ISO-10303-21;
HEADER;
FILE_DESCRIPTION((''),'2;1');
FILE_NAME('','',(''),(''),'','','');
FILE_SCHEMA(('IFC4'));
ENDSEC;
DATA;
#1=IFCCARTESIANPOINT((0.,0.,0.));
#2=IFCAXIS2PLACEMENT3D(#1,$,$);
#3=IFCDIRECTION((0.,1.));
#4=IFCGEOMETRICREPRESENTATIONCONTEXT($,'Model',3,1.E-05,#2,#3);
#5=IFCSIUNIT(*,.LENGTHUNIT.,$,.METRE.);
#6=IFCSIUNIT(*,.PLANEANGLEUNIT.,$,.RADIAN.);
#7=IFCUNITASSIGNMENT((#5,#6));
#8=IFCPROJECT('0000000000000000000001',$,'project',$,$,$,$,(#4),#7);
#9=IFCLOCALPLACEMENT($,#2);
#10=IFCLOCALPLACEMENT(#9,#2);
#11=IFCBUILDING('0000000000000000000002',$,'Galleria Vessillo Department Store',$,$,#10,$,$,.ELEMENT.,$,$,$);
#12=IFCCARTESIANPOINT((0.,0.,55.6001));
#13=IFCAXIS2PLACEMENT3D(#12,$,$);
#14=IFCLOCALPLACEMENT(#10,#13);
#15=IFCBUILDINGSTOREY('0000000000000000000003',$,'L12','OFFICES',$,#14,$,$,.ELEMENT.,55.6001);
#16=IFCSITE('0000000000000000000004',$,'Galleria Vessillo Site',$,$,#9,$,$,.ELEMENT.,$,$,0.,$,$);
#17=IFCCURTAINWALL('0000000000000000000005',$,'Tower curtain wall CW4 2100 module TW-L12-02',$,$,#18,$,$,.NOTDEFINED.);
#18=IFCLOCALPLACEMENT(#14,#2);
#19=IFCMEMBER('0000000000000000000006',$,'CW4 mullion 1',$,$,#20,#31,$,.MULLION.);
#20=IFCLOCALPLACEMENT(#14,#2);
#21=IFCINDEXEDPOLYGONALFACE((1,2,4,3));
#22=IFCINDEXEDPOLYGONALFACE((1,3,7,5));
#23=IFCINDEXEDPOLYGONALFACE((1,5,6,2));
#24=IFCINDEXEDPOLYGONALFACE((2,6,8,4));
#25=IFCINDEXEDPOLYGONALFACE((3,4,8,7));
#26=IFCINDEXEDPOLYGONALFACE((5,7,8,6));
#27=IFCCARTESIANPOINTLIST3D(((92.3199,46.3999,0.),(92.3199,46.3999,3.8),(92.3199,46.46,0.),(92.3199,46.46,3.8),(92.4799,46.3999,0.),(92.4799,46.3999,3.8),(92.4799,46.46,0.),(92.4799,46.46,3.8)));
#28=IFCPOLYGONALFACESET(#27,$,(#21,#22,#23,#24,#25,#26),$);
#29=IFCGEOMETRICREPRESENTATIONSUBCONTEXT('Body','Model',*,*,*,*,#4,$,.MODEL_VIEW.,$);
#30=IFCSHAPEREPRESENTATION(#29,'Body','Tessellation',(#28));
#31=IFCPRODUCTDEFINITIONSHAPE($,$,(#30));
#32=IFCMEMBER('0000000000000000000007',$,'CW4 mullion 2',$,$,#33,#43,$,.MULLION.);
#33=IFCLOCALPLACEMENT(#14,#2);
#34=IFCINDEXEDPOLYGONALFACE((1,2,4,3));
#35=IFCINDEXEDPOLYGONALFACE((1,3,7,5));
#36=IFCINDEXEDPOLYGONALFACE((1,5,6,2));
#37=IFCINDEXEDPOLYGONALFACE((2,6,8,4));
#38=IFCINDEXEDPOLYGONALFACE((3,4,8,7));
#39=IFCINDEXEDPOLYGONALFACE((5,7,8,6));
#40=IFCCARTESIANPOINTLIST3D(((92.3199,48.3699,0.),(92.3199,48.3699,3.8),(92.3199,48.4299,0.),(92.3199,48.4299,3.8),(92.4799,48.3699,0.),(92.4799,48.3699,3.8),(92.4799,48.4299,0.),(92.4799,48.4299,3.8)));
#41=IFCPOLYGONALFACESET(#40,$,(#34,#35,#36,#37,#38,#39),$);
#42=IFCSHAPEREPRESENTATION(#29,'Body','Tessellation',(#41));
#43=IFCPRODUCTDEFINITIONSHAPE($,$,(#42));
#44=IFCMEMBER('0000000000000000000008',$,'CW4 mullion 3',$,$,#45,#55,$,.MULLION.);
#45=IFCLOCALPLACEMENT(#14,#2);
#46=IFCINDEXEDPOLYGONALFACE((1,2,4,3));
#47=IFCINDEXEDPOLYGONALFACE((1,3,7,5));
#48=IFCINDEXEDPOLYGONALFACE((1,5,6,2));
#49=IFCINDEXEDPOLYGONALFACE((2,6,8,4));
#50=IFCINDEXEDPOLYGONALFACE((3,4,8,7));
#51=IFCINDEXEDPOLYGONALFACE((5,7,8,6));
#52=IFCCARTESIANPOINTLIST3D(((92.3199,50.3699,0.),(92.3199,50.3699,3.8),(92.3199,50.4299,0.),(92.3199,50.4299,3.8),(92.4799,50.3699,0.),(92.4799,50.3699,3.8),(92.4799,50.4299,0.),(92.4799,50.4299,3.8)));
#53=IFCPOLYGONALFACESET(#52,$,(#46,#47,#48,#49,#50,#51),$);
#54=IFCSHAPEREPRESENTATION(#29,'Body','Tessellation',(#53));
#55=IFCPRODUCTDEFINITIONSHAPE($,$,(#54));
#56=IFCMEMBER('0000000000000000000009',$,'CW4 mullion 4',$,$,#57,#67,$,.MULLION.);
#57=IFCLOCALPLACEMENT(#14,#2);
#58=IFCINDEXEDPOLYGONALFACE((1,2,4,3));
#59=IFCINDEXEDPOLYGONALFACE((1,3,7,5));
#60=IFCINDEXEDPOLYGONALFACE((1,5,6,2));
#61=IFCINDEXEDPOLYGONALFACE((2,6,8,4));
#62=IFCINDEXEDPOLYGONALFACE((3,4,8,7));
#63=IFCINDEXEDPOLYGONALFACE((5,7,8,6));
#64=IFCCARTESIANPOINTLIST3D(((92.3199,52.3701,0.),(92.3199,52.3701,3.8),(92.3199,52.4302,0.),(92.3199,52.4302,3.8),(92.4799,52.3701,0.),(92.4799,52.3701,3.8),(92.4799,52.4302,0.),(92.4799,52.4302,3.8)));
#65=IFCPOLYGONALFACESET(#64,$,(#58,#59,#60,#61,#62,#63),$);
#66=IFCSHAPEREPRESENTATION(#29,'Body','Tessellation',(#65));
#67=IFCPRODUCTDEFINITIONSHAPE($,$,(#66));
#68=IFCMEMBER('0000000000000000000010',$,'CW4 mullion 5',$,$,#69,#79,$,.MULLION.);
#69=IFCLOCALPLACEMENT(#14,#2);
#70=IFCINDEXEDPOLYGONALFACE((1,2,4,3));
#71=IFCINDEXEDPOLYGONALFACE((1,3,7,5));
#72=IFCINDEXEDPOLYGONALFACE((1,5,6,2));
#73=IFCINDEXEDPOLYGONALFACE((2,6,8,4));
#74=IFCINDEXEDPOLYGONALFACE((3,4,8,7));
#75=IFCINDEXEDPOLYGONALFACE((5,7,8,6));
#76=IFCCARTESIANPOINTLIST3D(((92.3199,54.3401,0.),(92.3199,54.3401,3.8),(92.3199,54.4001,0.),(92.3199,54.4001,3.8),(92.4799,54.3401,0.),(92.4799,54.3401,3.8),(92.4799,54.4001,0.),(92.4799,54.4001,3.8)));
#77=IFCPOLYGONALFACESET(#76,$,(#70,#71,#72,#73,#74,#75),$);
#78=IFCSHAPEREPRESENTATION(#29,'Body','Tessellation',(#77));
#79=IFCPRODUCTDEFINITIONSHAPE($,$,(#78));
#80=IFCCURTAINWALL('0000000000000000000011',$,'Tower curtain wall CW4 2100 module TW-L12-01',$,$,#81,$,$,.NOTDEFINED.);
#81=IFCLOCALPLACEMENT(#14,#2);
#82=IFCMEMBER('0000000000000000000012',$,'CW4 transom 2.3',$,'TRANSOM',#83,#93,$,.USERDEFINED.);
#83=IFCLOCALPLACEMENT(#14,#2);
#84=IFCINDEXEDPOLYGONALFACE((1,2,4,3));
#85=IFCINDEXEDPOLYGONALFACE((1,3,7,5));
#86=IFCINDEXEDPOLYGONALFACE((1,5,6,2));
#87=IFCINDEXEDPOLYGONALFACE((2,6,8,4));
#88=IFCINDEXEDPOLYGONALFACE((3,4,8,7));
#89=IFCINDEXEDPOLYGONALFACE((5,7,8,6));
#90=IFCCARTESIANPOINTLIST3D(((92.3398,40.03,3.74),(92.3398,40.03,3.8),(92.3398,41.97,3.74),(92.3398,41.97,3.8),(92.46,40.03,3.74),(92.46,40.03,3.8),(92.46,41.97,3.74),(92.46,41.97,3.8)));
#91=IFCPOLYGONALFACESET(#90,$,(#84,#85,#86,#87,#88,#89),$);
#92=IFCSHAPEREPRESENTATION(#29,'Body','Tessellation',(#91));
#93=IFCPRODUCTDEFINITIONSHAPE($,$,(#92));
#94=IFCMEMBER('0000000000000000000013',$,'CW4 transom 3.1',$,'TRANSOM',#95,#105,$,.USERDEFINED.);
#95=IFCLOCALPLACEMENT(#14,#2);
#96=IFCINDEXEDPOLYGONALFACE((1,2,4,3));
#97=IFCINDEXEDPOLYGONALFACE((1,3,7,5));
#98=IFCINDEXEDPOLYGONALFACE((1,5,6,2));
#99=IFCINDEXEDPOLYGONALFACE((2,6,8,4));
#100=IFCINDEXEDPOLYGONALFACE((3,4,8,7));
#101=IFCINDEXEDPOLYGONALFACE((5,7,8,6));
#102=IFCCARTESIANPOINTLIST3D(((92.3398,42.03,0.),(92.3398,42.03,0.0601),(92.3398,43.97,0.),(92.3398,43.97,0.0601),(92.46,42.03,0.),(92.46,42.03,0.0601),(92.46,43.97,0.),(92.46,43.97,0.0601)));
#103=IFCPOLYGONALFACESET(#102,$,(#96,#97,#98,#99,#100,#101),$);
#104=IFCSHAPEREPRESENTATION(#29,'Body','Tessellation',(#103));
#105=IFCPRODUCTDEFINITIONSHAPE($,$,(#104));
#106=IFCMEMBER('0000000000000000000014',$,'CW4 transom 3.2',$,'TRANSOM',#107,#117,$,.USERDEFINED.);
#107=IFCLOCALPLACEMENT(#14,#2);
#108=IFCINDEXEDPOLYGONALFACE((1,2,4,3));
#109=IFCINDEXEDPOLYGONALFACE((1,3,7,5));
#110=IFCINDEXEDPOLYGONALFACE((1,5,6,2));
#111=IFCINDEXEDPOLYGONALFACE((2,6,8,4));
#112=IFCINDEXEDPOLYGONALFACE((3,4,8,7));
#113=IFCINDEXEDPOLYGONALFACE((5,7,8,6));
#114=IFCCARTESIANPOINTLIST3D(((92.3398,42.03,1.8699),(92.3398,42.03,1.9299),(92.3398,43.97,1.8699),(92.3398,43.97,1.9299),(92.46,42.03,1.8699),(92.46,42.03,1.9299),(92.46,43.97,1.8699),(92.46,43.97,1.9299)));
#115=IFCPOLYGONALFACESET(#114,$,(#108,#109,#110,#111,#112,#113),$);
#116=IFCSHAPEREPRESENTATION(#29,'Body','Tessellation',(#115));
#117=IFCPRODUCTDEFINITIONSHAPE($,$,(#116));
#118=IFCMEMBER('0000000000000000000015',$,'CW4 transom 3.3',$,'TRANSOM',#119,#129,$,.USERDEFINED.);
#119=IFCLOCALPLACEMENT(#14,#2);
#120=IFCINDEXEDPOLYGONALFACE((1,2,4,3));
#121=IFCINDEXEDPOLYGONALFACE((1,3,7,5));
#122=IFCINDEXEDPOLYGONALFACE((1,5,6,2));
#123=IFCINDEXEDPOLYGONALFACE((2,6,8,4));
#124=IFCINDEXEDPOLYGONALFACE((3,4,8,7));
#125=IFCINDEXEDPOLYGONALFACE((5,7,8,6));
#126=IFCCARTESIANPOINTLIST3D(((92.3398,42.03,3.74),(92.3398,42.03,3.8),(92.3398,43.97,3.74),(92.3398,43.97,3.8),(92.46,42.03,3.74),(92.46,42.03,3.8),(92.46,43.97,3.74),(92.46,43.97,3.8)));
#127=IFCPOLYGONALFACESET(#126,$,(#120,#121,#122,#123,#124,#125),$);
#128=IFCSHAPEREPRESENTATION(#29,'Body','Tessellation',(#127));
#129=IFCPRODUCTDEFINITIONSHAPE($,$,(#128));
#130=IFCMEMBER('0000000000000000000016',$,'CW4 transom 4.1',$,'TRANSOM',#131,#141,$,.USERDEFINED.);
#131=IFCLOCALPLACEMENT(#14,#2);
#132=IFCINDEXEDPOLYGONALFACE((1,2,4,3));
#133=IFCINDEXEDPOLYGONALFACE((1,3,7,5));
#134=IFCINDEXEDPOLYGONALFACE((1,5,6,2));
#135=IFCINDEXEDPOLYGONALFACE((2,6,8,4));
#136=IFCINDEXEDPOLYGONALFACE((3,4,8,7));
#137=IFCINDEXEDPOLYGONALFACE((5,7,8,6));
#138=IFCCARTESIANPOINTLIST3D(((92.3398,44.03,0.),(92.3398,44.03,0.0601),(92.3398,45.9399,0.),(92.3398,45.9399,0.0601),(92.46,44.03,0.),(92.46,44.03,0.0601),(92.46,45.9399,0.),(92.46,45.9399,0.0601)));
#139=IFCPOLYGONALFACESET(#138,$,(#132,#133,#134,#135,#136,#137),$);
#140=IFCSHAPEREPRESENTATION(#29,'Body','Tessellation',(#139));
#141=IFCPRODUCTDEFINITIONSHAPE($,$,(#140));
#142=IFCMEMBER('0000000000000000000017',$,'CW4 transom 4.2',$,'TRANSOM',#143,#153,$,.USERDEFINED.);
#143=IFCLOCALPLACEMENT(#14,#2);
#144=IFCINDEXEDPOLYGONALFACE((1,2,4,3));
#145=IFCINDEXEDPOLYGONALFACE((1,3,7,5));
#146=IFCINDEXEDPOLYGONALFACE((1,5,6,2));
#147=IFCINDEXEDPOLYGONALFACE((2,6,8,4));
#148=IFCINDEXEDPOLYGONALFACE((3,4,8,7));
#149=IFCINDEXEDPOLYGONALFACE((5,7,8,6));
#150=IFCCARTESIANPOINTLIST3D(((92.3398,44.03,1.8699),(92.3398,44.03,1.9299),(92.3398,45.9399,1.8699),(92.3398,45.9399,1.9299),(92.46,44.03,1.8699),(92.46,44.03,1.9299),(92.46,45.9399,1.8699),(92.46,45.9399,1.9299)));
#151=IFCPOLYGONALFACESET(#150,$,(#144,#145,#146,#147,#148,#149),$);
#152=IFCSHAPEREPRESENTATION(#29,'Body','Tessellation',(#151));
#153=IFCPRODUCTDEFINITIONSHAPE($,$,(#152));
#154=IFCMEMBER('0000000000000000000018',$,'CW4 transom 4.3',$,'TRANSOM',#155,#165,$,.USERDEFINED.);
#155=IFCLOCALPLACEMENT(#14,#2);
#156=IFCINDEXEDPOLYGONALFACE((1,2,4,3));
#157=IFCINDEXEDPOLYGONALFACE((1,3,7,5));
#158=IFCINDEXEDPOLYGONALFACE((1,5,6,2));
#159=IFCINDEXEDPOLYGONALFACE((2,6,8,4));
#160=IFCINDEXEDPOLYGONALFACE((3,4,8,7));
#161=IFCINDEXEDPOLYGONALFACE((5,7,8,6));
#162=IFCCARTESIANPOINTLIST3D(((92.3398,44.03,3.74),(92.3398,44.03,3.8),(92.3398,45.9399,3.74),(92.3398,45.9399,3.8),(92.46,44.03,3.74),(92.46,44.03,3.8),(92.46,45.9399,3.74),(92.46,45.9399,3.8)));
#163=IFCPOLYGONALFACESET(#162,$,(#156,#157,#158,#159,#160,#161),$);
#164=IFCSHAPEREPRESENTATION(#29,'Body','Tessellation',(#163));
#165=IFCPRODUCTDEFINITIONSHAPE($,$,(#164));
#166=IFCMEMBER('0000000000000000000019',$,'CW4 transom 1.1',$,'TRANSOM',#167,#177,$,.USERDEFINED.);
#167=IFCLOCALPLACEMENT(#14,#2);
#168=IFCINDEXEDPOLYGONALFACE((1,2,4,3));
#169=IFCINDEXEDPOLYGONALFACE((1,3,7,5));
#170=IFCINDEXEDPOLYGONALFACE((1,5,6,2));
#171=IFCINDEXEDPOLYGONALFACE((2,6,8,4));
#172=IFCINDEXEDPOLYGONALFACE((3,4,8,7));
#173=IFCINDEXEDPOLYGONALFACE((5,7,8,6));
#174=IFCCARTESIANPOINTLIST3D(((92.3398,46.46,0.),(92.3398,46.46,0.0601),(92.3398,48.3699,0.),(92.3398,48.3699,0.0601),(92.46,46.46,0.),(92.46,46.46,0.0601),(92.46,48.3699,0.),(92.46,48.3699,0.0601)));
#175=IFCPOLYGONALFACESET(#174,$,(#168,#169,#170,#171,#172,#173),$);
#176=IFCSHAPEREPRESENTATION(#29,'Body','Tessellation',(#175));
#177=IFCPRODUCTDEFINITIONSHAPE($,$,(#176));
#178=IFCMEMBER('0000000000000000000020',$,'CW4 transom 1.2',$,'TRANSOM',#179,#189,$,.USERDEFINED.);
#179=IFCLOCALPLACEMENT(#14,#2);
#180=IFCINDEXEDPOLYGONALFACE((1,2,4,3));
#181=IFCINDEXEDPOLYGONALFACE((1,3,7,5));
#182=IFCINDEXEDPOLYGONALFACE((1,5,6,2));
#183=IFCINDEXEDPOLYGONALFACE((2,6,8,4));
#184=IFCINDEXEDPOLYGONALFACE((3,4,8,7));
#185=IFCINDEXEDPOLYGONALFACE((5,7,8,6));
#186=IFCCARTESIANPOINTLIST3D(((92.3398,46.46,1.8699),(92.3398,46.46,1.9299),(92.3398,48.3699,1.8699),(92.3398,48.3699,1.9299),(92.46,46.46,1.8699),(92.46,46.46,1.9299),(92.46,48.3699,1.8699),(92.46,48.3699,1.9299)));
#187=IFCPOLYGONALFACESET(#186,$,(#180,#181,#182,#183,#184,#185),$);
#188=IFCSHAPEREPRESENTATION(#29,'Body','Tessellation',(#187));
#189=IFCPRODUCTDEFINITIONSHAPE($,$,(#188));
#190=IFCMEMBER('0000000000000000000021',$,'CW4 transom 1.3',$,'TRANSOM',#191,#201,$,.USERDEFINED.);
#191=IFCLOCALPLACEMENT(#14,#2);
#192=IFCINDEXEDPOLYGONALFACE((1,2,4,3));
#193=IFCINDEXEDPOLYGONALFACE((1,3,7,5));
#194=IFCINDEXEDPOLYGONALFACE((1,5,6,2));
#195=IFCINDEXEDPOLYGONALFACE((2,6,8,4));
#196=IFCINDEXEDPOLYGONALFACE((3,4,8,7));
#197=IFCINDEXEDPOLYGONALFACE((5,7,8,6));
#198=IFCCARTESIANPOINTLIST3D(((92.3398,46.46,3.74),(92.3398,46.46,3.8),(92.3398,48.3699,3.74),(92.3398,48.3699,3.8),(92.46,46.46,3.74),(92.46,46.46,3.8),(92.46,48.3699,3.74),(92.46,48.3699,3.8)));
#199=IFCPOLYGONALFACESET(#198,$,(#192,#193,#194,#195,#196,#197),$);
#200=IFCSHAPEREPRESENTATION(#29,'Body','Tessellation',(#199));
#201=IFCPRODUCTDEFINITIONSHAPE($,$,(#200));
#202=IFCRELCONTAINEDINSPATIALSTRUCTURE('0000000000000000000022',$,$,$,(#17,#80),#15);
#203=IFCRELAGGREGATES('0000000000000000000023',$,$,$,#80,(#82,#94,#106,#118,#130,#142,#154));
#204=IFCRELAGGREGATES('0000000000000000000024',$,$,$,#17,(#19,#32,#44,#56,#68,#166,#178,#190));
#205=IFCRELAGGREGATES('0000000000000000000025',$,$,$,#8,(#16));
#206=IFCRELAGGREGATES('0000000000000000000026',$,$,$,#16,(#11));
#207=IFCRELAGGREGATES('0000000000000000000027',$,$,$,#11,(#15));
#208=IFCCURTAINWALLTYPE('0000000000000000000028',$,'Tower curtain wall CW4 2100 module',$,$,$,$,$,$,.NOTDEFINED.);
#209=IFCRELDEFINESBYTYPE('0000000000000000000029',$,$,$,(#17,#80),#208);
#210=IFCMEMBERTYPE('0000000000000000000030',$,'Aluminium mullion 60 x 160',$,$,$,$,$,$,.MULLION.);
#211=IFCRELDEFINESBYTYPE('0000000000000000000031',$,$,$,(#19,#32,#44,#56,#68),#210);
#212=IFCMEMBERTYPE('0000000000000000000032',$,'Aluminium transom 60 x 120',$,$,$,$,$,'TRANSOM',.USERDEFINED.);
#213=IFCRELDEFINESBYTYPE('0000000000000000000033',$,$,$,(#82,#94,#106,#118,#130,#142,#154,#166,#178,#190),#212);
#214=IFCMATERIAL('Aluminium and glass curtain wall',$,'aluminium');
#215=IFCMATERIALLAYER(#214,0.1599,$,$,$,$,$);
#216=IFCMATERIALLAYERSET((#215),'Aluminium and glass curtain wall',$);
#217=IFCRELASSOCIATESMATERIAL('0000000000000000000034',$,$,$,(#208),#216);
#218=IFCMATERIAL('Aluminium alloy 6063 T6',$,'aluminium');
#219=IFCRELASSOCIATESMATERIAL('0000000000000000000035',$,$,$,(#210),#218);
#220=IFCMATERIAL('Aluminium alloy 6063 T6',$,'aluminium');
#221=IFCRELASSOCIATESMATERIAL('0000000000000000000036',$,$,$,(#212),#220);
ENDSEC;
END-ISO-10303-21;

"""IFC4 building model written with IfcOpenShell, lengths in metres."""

from ifc_helpers import new_model, si_unit, direction, frame, origin, origin_2d, place, context, subcontext, project, spatial, rectangle, extrude, material, layer, layer_set, material_profile, profile_set, type_object, element, aggregate, save


model = new_model("IFC4")

# Units and contexts
model_context = context("Model", 3, precision=1e-05, world=origin(), true_north=direction((0.0, 1.0)))
body_context = subcontext(model_context, "Body", "Model", "MODEL_VIEW")
ifc_project = project(units=[si_unit("LENGTHUNIT", "METRE"), si_unit("PLANEANGLEUNIT", "RADIAN")], contexts=[model_context])

# Site, building, storey
site_placement = place(None, origin())
site = spatial("IfcSite", under=ifc_project, at=site_placement, Name="Galleria Vessillo Site", CompositionType="ELEMENT", RefElevation=0.0)
building_placement = place(site_placement, origin())
building = spatial("IfcBuilding", under=site, at=building_placement, Name="Galleria Vessillo Department Store", CompositionType="ELEMENT")
storey_placement = place(building_placement, frame((0.0, 0.0, 55.6001)))
storey = spatial("IfcBuildingStorey", under=building, at=storey_placement, Name="L12", Description="OFFICES", CompositionType="ELEMENT", Elevation=55.6001)

# Curtain walls, members
ifc_material_1 = material(Name="Aluminium and glass curtain wall", Category="aluminium")
ifc_layer_1 = layer(ifc_material_1, 0.1599)
ifc_layer_set_1 = layer_set([ifc_layer_1], Name="Aluminium and glass curtain wall")
curtain_wall_type = type_object("IfcCurtainWallType", Name="Tower curtain wall CW4 2100 module", PredefinedType="NOTDEFINED", material=ifc_layer_set_1)
curtain_wall_1_placement = place(storey_placement, origin())
curtain_wall_1 = element("IfcCurtainWall", 1, at=curtain_wall_1_placement, inside=storey, type_object=curtain_wall_type, Name="Tower curtain wall CW4 2100 module TW-L12-02", PredefinedType="NOTDEFINED")
ifc_material_2 = material(Name="Aluminium alloy 6063 T6", Category="aluminium")
ifc_material_profile_1 = material_profile(ifc_material_2, rectangle(XDim=0.1599, YDim=0.0601, at=origin_2d()), Name="AL 60x160")
ifc_profile_set_1 = profile_set([ifc_material_profile_1], Name="Aluminium alloy 6063 T6")
member_type_1 = type_object("IfcMemberType", Name="Aluminium mullion 60 x 160", PredefinedType="MULLION", material=ifc_profile_set_1)
member_1_placement = place(storey_placement, frame((92.3999, 46.4299, 0.0), z_axis=(0.0, 0.0, 1.0), x_axis=(-1.0, 0.0, 0.0)))
member_1 = element("IfcMember", 2, at=member_1_placement, type_object=member_type_1, Name="CW4 mullion 1", PredefinedType="MULLION", context=body_context, shape_type="SweptSolid", body=[
    extrude(rectangle(XDim=0.1599, YDim=0.0601, at=origin_2d()), origin(), (0.0, 0.0, 1.0), 3.8),
])
member_2_placement = place(storey_placement, frame((92.3999, 48.3999, 0.0), z_axis=(0.0, 0.0, 1.0), x_axis=(-1.0, 0.0, 0.0)))
member_2 = element("IfcMember", 3, at=member_2_placement, type_object=member_type_1, Name="CW4 mullion 2", PredefinedType="MULLION", context=body_context, shape_type="SweptSolid", body=[
    extrude(rectangle(XDim=0.1599, YDim=0.0601, at=origin_2d()), origin(), (0.0, 0.0, 1.0), 3.8),
])
member_3_placement = place(storey_placement, frame((92.3999, 50.3999, 0.0), z_axis=(0.0, 0.0, 1.0), x_axis=(-1.0, 0.0, 0.0)))
member_3 = element("IfcMember", 4, at=member_3_placement, type_object=member_type_1, Name="CW4 mullion 3", PredefinedType="MULLION", context=body_context, shape_type="SweptSolid", body=[
    extrude(rectangle(XDim=0.1599, YDim=0.0601, at=origin_2d()), origin(), (0.0, 0.0, 1.0), 3.8),
])
member_4_placement = place(storey_placement, frame((92.3999, 52.4001, 0.0), z_axis=(0.0, 0.0, 1.0), x_axis=(-1.0, 0.0, 0.0)))
member_4 = element("IfcMember", 5, at=member_4_placement, type_object=member_type_1, Name="CW4 mullion 4", PredefinedType="MULLION", context=body_context, shape_type="SweptSolid", body=[
    extrude(rectangle(XDim=0.1599, YDim=0.0601, at=origin_2d()), origin(), (0.0, 0.0, 1.0), 3.8),
])
member_5_placement = place(storey_placement, frame((92.3999, 54.3701, 0.0), z_axis=(0.0, 0.0, 1.0), x_axis=(-1.0, 0.0, 0.0)))
member_5 = element("IfcMember", 6, at=member_5_placement, type_object=member_type_1, Name="CW4 mullion 5", PredefinedType="MULLION", context=body_context, shape_type="SweptSolid", body=[
    extrude(rectangle(XDim=0.1599, YDim=0.0601, at=origin_2d()), origin(), (0.0, 0.0, 1.0), 3.8),
])
curtain_wall_2_placement = place(storey_placement, origin())
curtain_wall_2 = element("IfcCurtainWall", 7, at=curtain_wall_2_placement, inside=storey, type_object=curtain_wall_type, Name="Tower curtain wall CW4 2100 module TW-L12-01", PredefinedType="NOTDEFINED")
ifc_material_3 = material(Name="Aluminium alloy 6063 T6", Category="aluminium")
ifc_material_profile_2 = material_profile(ifc_material_3, rectangle(XDim=0.1201, YDim=0.0601, at=origin_2d()), Name="AL 60x120")
ifc_profile_set_2 = profile_set([ifc_material_profile_2], Name="Aluminium alloy 6063 T6")
member_type_2 = type_object("IfcMemberType", Name="Aluminium transom 60 x 120", ElementType="TRANSOM", PredefinedType="USERDEFINED", material=ifc_profile_set_2)
member_6_placement = place(storey_placement, frame((92.3999, 40.03, 3.77), z_axis=(0.0, 1.0, 0.0), x_axis=(-1.0, 0.0, 0.0)))
member_6 = element("IfcMember", 8, at=member_6_placement, type_object=member_type_2, Name="CW4 transom 2.3", ObjectType="TRANSOM", PredefinedType="USERDEFINED", context=body_context, shape_type="SweptSolid", body=[
    extrude(rectangle(XDim=0.1201, YDim=0.0601, at=origin_2d()), origin(), (0.0, 0.0, 1.0), 1.9399),
])
member_7_placement = place(storey_placement, frame((92.3999, 42.03, 0.03), z_axis=(0.0, 1.0, 0.0), x_axis=(-1.0, 0.0, 0.0)))
member_7 = element("IfcMember", 9, at=member_7_placement, type_object=member_type_2, Name="CW4 transom 3.1", ObjectType="TRANSOM", PredefinedType="USERDEFINED", context=body_context, shape_type="SweptSolid", body=[
    extrude(rectangle(XDim=0.1201, YDim=0.0601, at=origin_2d()), origin(), (0.0, 0.0, 1.0), 1.9399),
])
member_8_placement = place(storey_placement, frame((92.3999, 42.03, 1.8999), z_axis=(0.0, 1.0, 0.0), x_axis=(-1.0, 0.0, 0.0)))
member_8 = element("IfcMember", 10, at=member_8_placement, type_object=member_type_2, Name="CW4 transom 3.2", ObjectType="TRANSOM", PredefinedType="USERDEFINED", context=body_context, shape_type="SweptSolid", body=[
    extrude(rectangle(XDim=0.1201, YDim=0.0601, at=origin_2d()), origin(), (0.0, 0.0, 1.0), 1.9399),
])
member_9_placement = place(storey_placement, frame((92.3999, 42.03, 3.77), z_axis=(0.0, 1.0, 0.0), x_axis=(-1.0, 0.0, 0.0)))
member_9 = element("IfcMember", 11, at=member_9_placement, type_object=member_type_2, Name="CW4 transom 3.3", ObjectType="TRANSOM", PredefinedType="USERDEFINED", context=body_context, shape_type="SweptSolid", body=[
    extrude(rectangle(XDim=0.1201, YDim=0.0601, at=origin_2d()), origin(), (0.0, 0.0, 1.0), 1.9399),
])
member_10_placement = place(storey_placement, frame((92.3999, 44.03, 0.03), z_axis=(0.0, 1.0, 0.0), x_axis=(-1.0, 0.0, 0.0)))
member_10 = element("IfcMember", 12, at=member_10_placement, type_object=member_type_2, Name="CW4 transom 4.1", ObjectType="TRANSOM", PredefinedType="USERDEFINED", context=body_context, shape_type="SweptSolid", body=[
    extrude(rectangle(XDim=0.1201, YDim=0.0601, at=origin_2d()), origin(), (0.0, 0.0, 1.0), 1.9099),
])
member_11_placement = place(storey_placement, frame((92.3999, 44.03, 1.8999), z_axis=(0.0, 1.0, 0.0), x_axis=(-1.0, 0.0, 0.0)))
member_11 = element("IfcMember", 13, at=member_11_placement, type_object=member_type_2, Name="CW4 transom 4.2", ObjectType="TRANSOM", PredefinedType="USERDEFINED", context=body_context, shape_type="SweptSolid", body=[
    extrude(rectangle(XDim=0.1201, YDim=0.0601, at=origin_2d()), origin(), (0.0, 0.0, 1.0), 1.9099),
])
member_12_placement = place(storey_placement, frame((92.3999, 44.03, 3.77), z_axis=(0.0, 1.0, 0.0), x_axis=(-1.0, 0.0, 0.0)))
member_12 = element("IfcMember", 14, at=member_12_placement, type_object=member_type_2, Name="CW4 transom 4.3", ObjectType="TRANSOM", PredefinedType="USERDEFINED", context=body_context, shape_type="SweptSolid", body=[
    extrude(rectangle(XDim=0.1201, YDim=0.0601, at=origin_2d()), origin(), (0.0, 0.0, 1.0), 1.9099),
])

# Members
member_13_placement = place(storey_placement, frame((92.3999, 46.46, 0.03), z_axis=(0.0, 1.0, 0.0), x_axis=(-1.0, 0.0, 0.0)))
member_13 = element("IfcMember", 15, at=member_13_placement, type_object=member_type_2, Name="CW4 transom 1.1", ObjectType="TRANSOM", PredefinedType="USERDEFINED", context=body_context, shape_type="SweptSolid", body=[
    extrude(rectangle(XDim=0.1201, YDim=0.0601, at=origin_2d()), origin(), (0.0, 0.0, 1.0), 1.9099),
])
member_14_placement = place(storey_placement, frame((92.3999, 46.46, 1.8999), z_axis=(0.0, 1.0, 0.0), x_axis=(-1.0, 0.0, 0.0)))
member_14 = element("IfcMember", 16, at=member_14_placement, type_object=member_type_2, Name="CW4 transom 1.2", ObjectType="TRANSOM", PredefinedType="USERDEFINED", context=body_context, shape_type="SweptSolid", body=[
    extrude(rectangle(XDim=0.1201, YDim=0.0601, at=origin_2d()), origin(), (0.0, 0.0, 1.0), 1.9099),
])
member_15_placement = place(storey_placement, frame((92.3999, 46.46, 3.77), z_axis=(0.0, 1.0, 0.0), x_axis=(-1.0, 0.0, 0.0)))
member_15 = element("IfcMember", 17, at=member_15_placement, type_object=member_type_2, Name="CW4 transom 1.3", ObjectType="TRANSOM", PredefinedType="USERDEFINED", context=body_context, shape_type="SweptSolid", body=[
    extrude(rectangle(XDim=0.1201, YDim=0.0601, at=origin_2d()), origin(), (0.0, 0.0, 1.0), 1.9099),
])

aggregate(curtain_wall_2, [member_6, member_7, member_8, member_9, member_10, member_11, member_12])
aggregate(curtain_wall_1, [member_1, member_2, member_3, member_4, member_5, member_13, member_14, member_15])

save(model, "model.ifc")
